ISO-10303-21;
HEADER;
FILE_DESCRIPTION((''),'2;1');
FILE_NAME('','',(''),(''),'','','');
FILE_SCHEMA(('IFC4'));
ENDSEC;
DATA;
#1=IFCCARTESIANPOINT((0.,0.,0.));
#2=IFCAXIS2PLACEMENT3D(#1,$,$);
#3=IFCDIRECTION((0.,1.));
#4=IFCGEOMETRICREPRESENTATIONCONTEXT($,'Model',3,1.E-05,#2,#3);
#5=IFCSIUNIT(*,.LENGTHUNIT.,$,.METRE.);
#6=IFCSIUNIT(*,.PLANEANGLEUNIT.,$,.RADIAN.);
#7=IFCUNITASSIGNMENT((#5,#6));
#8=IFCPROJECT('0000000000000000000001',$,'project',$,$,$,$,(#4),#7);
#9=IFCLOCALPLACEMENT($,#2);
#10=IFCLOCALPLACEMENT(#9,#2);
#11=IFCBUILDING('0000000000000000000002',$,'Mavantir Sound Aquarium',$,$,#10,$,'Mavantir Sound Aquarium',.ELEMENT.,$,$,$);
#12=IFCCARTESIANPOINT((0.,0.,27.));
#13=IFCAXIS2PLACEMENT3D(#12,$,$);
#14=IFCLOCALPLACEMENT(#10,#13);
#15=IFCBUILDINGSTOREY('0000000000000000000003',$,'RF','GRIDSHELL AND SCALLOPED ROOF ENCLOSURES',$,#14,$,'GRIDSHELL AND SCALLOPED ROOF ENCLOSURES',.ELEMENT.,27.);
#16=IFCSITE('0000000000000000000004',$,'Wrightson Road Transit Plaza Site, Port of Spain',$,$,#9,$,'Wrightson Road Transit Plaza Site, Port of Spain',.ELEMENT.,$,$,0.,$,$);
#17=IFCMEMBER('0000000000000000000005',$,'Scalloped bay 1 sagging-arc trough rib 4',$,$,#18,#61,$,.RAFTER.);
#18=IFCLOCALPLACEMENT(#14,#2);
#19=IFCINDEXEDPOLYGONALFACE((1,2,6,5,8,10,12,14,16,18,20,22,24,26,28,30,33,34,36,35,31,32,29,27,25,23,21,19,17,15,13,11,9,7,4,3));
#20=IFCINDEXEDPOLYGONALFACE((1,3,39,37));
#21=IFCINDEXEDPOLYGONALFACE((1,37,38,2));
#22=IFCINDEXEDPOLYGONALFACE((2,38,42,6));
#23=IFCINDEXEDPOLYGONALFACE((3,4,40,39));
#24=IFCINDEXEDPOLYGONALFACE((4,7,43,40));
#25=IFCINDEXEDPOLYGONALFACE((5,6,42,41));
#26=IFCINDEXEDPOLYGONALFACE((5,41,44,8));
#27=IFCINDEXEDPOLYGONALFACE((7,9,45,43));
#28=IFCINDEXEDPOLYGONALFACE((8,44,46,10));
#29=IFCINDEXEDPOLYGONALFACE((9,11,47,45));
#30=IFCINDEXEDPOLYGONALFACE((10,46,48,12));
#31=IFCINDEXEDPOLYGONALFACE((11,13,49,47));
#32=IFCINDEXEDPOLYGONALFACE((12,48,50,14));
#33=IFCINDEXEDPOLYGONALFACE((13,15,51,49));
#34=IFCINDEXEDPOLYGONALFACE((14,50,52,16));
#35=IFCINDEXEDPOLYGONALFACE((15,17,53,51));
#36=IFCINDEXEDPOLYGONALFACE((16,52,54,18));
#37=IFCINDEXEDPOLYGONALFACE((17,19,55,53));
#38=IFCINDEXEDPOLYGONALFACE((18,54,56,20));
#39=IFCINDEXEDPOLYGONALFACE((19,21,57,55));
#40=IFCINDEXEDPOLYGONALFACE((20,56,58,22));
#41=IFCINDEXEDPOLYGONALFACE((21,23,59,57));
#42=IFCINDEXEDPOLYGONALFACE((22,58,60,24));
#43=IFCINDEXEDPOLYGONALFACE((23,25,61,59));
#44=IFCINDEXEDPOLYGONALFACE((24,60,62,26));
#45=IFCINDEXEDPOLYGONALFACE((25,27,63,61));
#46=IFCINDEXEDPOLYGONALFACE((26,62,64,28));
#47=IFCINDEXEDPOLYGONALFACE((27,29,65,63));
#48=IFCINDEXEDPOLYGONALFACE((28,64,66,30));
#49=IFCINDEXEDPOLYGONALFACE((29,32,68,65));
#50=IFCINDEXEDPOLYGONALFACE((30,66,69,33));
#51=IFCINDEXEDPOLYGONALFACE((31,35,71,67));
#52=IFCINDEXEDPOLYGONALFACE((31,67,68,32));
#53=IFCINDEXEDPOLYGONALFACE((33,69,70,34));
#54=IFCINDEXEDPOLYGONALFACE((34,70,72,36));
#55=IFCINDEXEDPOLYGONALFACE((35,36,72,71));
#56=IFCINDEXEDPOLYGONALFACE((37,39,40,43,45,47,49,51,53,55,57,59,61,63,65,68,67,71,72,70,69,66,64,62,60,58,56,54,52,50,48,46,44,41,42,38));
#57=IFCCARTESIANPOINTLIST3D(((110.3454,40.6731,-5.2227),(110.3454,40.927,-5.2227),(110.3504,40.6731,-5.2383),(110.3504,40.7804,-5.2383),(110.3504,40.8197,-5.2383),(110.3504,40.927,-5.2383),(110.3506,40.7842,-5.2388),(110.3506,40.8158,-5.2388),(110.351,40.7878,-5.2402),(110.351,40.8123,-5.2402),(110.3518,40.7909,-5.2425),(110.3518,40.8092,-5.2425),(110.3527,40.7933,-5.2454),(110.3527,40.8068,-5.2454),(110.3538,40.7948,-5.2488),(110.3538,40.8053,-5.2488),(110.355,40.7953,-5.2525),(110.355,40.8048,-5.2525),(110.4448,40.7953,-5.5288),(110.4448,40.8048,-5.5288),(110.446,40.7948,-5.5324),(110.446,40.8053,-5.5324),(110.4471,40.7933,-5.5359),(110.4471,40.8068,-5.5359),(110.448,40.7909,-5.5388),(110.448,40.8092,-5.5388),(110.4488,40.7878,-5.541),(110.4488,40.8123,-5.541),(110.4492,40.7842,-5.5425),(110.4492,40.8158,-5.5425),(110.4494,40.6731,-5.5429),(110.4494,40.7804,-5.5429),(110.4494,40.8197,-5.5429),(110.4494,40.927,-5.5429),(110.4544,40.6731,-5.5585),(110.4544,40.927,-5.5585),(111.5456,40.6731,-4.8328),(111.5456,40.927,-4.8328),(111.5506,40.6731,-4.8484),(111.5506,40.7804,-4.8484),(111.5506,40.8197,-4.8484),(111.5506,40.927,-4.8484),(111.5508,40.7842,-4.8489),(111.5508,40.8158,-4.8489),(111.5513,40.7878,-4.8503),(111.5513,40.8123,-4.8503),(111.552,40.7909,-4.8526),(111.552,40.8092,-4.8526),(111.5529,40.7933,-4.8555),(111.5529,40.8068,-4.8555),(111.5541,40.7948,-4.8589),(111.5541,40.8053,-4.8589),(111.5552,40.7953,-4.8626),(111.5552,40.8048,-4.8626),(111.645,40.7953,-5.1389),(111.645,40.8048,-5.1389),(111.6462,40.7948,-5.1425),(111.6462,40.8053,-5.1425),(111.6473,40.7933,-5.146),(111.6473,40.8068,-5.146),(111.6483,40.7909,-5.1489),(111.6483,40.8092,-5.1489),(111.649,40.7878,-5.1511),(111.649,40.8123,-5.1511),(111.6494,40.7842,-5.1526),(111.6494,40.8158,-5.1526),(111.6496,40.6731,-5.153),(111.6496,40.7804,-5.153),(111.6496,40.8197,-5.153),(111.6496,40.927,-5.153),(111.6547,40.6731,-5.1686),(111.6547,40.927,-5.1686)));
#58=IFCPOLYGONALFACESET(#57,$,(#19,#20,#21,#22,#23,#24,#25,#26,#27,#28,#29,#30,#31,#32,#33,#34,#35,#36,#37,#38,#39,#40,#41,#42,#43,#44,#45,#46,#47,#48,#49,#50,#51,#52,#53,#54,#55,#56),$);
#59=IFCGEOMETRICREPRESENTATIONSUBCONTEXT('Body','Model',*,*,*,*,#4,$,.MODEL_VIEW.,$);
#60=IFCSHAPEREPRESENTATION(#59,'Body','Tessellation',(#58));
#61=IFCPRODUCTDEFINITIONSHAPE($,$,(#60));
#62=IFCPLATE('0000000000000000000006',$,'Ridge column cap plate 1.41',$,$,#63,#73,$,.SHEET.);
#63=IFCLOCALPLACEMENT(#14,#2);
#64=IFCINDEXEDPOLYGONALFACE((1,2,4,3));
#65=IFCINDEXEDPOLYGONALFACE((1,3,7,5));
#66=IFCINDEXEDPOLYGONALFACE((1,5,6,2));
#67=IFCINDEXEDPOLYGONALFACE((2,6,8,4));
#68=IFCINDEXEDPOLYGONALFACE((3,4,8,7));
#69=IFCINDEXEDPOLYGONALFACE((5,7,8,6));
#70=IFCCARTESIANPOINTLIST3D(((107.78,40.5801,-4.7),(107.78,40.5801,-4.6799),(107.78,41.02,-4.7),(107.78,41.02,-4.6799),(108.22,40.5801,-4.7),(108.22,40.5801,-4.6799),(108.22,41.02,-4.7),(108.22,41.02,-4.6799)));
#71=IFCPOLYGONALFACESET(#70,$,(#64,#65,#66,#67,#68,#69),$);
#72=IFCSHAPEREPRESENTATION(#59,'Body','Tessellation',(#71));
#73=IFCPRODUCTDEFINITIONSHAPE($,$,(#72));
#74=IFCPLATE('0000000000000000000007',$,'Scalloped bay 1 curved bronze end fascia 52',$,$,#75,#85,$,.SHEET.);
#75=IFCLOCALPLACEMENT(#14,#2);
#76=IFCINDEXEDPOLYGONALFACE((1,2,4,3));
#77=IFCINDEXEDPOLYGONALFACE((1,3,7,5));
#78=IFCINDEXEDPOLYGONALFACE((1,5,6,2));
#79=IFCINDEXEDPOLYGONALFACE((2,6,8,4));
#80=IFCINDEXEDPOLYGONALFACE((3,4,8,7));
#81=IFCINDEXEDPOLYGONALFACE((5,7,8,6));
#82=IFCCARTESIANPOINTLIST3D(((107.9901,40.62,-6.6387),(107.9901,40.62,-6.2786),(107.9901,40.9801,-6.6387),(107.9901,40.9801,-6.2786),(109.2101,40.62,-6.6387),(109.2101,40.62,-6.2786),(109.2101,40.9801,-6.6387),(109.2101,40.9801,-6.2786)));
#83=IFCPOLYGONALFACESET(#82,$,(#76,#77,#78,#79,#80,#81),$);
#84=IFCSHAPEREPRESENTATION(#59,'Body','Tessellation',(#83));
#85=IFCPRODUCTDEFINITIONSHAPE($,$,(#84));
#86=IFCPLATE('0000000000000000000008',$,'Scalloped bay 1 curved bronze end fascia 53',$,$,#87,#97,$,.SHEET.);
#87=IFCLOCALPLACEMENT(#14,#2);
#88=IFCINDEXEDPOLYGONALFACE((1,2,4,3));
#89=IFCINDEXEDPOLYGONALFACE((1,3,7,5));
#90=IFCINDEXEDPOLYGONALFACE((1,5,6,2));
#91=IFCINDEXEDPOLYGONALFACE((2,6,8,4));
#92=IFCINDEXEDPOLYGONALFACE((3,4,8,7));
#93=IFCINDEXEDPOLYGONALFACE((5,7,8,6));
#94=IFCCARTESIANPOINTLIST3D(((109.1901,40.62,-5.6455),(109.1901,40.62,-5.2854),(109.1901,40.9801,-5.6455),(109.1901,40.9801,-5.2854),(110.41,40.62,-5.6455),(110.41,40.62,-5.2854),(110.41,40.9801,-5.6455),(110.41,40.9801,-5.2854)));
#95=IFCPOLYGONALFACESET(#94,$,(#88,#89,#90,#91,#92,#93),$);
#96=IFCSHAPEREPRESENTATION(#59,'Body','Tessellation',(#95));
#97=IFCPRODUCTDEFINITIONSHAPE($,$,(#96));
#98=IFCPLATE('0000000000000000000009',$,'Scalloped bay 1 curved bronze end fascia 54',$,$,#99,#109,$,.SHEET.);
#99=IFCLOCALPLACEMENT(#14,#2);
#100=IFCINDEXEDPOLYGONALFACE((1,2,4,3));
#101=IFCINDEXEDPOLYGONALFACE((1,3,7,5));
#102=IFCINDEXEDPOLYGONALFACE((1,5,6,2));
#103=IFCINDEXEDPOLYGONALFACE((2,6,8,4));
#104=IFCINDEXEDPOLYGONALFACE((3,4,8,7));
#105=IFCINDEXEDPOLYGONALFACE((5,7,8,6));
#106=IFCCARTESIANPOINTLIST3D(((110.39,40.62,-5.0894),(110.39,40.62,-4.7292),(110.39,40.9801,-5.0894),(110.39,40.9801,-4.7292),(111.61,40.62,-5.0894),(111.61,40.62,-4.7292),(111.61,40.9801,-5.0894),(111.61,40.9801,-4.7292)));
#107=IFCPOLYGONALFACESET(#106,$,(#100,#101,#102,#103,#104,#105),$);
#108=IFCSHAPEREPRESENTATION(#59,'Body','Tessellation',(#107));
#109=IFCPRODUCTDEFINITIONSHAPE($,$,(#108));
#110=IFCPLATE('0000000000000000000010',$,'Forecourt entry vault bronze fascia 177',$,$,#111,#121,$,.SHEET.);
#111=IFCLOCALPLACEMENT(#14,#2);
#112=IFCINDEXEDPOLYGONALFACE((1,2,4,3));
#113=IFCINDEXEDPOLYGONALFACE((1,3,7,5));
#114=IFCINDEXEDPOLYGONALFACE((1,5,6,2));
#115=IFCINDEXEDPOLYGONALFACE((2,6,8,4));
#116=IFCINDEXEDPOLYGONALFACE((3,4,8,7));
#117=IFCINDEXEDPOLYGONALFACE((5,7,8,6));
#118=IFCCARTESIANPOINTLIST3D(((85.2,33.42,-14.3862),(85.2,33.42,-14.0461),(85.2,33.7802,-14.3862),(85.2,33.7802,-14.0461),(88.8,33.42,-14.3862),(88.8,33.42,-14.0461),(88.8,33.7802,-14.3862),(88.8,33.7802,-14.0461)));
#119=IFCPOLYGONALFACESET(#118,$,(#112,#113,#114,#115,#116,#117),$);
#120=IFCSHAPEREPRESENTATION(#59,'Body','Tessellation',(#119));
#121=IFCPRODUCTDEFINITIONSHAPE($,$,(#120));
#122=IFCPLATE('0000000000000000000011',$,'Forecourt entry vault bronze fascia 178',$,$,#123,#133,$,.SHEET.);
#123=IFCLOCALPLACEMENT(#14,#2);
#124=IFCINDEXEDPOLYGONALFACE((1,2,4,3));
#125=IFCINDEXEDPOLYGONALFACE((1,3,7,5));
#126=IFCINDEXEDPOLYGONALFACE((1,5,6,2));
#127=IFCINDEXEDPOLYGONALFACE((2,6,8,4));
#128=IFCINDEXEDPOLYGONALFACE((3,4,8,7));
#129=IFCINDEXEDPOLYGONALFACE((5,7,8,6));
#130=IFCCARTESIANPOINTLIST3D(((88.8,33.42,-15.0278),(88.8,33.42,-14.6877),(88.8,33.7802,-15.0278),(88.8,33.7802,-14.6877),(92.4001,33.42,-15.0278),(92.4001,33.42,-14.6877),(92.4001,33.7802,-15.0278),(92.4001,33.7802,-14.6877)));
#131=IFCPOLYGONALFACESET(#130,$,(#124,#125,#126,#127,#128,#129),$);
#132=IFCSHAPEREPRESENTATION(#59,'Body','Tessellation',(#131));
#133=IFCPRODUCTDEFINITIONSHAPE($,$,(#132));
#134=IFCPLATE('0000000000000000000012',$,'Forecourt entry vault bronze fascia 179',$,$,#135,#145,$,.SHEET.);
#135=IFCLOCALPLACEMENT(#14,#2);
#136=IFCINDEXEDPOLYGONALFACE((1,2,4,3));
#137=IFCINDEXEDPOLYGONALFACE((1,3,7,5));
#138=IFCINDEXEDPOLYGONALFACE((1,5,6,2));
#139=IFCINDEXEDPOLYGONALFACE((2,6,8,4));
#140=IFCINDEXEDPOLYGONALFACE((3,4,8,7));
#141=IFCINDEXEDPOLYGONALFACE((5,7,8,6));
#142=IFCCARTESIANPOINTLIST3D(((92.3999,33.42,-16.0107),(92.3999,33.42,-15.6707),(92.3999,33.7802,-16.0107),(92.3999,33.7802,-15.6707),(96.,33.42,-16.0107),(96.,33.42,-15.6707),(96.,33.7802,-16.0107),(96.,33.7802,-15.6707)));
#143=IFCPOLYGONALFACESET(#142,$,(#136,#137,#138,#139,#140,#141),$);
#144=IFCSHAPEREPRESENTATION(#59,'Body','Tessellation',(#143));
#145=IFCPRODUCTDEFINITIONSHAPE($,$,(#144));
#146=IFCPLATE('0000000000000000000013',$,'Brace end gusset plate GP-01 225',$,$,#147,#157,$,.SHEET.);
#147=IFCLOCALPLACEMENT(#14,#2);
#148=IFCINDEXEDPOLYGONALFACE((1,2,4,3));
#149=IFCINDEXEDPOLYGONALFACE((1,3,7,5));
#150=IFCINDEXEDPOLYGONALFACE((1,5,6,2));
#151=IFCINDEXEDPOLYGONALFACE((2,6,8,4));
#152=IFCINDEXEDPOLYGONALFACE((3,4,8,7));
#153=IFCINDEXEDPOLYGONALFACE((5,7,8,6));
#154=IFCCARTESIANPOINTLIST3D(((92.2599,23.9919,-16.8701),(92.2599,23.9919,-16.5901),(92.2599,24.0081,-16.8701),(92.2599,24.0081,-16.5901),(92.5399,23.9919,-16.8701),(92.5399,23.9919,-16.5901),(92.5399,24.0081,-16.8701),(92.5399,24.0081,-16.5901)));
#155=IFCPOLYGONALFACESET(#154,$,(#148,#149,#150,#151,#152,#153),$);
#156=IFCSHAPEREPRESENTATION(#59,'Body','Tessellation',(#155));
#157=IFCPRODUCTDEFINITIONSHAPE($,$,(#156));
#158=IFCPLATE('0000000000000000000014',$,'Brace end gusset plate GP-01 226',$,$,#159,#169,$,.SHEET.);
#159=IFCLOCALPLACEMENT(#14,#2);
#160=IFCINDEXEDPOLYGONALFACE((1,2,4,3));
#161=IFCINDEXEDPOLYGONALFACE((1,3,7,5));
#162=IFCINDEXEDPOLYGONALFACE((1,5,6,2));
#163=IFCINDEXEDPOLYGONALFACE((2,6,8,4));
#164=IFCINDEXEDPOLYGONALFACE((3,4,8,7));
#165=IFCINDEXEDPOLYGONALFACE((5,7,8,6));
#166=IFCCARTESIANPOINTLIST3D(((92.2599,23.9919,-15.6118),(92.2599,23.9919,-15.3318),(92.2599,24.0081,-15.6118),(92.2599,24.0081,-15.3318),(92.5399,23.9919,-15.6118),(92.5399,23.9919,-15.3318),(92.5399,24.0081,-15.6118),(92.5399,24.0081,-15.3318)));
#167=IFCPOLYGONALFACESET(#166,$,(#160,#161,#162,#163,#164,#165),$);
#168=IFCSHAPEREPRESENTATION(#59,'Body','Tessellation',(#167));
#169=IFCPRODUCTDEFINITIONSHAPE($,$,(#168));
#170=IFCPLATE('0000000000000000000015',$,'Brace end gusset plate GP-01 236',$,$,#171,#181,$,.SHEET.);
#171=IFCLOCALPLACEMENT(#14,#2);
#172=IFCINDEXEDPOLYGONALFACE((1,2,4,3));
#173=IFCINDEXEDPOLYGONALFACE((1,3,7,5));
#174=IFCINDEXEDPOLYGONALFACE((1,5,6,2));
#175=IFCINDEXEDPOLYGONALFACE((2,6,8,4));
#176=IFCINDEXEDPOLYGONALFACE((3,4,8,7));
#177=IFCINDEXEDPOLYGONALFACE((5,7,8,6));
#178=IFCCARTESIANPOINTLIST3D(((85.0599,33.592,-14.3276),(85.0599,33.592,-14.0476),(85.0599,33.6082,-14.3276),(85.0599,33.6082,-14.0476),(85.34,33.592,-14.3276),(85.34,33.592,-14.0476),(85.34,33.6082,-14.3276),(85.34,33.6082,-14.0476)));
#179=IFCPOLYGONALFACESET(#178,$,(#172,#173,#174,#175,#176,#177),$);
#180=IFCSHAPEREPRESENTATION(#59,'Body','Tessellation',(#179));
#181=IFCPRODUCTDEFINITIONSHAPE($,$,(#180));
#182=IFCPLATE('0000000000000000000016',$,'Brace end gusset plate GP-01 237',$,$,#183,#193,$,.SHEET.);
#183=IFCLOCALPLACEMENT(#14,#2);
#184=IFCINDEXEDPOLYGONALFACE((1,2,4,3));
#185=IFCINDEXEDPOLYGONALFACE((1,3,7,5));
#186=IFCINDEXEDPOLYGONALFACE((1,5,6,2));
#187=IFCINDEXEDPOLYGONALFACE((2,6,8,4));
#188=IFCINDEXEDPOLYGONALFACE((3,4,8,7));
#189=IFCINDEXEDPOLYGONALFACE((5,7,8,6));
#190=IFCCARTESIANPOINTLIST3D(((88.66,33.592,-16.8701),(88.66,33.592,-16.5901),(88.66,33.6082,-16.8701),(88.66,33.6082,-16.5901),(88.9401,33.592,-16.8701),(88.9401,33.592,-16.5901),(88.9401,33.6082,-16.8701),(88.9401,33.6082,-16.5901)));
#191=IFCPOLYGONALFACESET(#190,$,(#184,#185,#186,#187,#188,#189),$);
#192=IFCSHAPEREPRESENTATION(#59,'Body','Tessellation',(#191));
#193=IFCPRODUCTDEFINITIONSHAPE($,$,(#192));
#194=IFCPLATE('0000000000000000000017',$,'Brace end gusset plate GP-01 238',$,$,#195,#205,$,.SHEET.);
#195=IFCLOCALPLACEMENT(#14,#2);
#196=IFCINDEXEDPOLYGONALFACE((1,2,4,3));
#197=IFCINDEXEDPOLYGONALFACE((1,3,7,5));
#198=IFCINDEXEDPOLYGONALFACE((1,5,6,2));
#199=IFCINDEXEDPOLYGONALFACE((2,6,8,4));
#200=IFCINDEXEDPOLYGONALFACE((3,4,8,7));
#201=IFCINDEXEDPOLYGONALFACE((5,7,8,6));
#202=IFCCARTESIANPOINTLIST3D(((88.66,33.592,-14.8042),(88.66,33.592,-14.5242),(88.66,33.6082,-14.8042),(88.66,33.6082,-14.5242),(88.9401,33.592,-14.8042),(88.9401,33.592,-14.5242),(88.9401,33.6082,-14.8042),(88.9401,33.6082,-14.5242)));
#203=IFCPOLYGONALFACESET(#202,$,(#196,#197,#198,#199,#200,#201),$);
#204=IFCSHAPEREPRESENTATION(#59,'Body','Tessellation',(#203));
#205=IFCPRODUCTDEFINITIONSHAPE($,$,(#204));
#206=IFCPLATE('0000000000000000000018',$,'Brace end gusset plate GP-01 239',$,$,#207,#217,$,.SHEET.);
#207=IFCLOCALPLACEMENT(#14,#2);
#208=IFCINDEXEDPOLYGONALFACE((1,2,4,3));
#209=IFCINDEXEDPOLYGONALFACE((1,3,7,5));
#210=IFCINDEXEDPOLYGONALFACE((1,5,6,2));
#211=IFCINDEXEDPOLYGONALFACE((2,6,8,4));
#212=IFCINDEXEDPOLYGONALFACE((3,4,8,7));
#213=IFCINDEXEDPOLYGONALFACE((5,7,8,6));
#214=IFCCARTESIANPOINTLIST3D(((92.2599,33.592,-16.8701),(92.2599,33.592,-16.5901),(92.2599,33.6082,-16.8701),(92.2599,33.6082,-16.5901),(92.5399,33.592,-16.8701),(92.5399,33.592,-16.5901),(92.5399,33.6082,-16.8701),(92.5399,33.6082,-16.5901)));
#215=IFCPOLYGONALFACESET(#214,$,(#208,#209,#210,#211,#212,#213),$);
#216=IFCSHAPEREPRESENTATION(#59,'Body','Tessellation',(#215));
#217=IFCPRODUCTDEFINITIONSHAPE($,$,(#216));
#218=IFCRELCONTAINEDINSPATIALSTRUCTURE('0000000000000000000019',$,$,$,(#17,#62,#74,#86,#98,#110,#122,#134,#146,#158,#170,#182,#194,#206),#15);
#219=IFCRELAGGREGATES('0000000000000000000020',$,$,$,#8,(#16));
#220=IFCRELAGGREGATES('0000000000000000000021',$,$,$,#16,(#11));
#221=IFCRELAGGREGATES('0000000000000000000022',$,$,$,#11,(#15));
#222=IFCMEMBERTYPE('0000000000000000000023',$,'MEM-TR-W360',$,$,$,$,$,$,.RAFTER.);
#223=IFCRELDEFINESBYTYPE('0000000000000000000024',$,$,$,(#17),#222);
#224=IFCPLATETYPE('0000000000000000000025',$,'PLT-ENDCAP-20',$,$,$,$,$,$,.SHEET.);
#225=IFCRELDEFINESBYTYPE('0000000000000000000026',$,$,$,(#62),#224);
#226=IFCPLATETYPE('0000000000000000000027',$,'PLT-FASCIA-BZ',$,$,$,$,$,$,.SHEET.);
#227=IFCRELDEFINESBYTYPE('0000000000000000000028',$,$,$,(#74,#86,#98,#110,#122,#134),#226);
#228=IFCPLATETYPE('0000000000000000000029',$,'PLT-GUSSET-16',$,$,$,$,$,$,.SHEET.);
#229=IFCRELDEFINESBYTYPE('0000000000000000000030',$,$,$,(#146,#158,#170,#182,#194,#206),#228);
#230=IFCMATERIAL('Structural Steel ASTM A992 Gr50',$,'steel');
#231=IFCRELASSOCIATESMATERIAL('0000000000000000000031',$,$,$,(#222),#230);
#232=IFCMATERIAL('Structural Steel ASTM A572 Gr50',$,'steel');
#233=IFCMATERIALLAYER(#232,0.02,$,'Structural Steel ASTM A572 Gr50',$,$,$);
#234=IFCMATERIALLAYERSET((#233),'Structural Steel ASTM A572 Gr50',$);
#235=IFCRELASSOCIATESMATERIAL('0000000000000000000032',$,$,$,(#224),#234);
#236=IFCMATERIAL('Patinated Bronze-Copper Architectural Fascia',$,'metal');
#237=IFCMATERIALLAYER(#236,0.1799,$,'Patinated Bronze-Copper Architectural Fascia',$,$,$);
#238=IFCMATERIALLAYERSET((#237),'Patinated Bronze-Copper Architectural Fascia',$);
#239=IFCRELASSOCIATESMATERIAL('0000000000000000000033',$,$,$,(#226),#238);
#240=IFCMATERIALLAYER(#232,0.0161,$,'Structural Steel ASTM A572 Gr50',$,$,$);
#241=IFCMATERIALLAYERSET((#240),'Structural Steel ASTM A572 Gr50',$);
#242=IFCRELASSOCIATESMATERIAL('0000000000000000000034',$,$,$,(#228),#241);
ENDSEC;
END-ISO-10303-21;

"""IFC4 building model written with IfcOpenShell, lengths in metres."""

from ifc_helpers import new_model, si_unit, direction, frame, origin, origin_2d, place, context, subcontext, project, spatial, rectangle, i_section, extrude, material, layer, layer_set, material_profile, profile_set, type_object, element, save


model = new_model("IFC4")

# Units and contexts
model_context = context("Model", 3, precision=1e-05, world=origin(), true_north=direction((0.0, 1.0)))
body_context = subcontext(model_context, "Body", "Model", "MODEL_VIEW")
ifc_project = project(units=[si_unit("LENGTHUNIT", "METRE"), si_unit("PLANEANGLEUNIT", "RADIAN")], contexts=[model_context])

# Site, building, storey
site_placement = place(None, origin())
site = spatial("IfcSite", under=ifc_project, at=site_placement, Name="Wrightson Road Transit Plaza Site, Port of Spain", LongName="Wrightson Road Transit Plaza Site, Port of Spain", CompositionType="ELEMENT", RefElevation=0.0)
building_placement = place(site_placement, origin())
building = spatial("IfcBuilding", under=site, at=building_placement, Name="Mavantir Sound Aquarium", LongName="Mavantir Sound Aquarium", CompositionType="ELEMENT")
storey_placement = place(building_placement, frame((0.0, 0.0, 27.0)))
storey = spatial("IfcBuildingStorey", under=building, at=storey_placement, Name="RF", Description="GRIDSHELL AND SCALLOPED ROOF ENCLOSURES", LongName="GRIDSHELL AND SCALLOPED ROOF ENCLOSURES", CompositionType="ELEMENT", Elevation=27.0)

# Shared definitions
ifc_material_1 = material(Name="Structural Steel ASTM A992 Gr50", Category="steel")

# Member
ifc_material_profile_1 = material_profile(ifc_material_1, i_section(OverallWidth=0.2539, OverallDepth=0.353, WebThickness=0.0095, FlangeThickness=0.0164, FilletRadius=0.0149, at=origin_2d()), Name="W360X91")
ifc_profile_set_1 = profile_set([ifc_material_profile_1], Name="Structural Steel ASTM A992 Gr50")
member_type_1 = type_object("IfcMemberType", Name="MEM-TR-W360", PredefinedType="RAFTER", material=ifc_profile_set_1)
member_1_placement = place(storey_placement, frame((110.3999, 40.8, -5.3906), z_axis=(0.951074, 0.0, 0.308964), x_axis=(0.0, 1.0, 0.0)))
element("IfcMember", 1, at=member_1_placement, inside=storey, type_object=member_type_1, Name="Scalloped bay 1 sagging-arc trough rib 4", PredefinedType="RAFTER", context=body_context, shape_type="SweptSolid", body=[
    extrude(i_section(OverallWidth=0.2539, OverallDepth=0.353, WebThickness=0.0095, FlangeThickness=0.0164, FilletRadius=0.0149, at=origin_2d()), origin(), (0.0, 0.0, 1.0), 1.262),
])

# Plates
ifc_material_2 = material(Name="Structural Steel ASTM A572 Gr50", Category="steel")
ifc_layer_1 = layer(ifc_material_2, 0.02, Name="Structural Steel ASTM A572 Gr50")
ifc_layer_set_1 = layer_set([ifc_layer_1], Name="Structural Steel ASTM A572 Gr50")
plate_type_1 = type_object("IfcPlateType", Name="PLT-ENDCAP-20", PredefinedType="SHEET", material=ifc_layer_set_1)
plate_placement = place(storey_placement, frame((108.0, 40.8, -4.7), z_axis=(0.0, 0.0, 1.0), x_axis=(1.0, 0.0, 0.0)))
element("IfcPlate", 2, at=plate_placement, inside=storey, type_object=plate_type_1, Name="Ridge column cap plate 1.41", PredefinedType="SHEET", context=body_context, shape_type="SweptSolid", body=[
    extrude(rectangle(XDim=0.4399, YDim=0.4399, at=origin_2d()), origin(), (0.0, 0.0, 1.0), 0.02),
])
ifc_material_3 = material(Name="Patinated Bronze-Copper Architectural Fascia", Category="metal")
ifc_layer_2 = layer(ifc_material_3, 0.1799, Name="Patinated Bronze-Copper Architectural Fascia")
ifc_layer_set_2 = layer_set([ifc_layer_2], Name="Patinated Bronze-Copper Architectural Fascia")
plate_type_2 = type_object("IfcPlateType", Name="PLT-FASCIA-BZ", PredefinedType="SHEET", material=ifc_layer_set_2)
for number, where, z_axis, x_axis, name in (
    (3, (108.6001, 40.8, -6.6387), (0.0, 0.0, 1.0), (1.0, 0.0, 0.0), "Scalloped bay 1 curved bronze end fascia 52"),
    (4, (109.8, 40.8, -5.6455), (0.0, 0.0, 1.0), (1.0, 0.0, 0.0), "Scalloped bay 1 curved bronze end fascia 53"),
    (5, (111.0, 40.8, -5.0894), (0.0, 0.0, 1.0), (1.0, 0.0, 0.0), "Scalloped bay 1 curved bronze end fascia 54"),
):
    element("IfcPlate", number, at=place(storey_placement, frame(where, z_axis=z_axis, x_axis=x_axis)), inside=storey, type_object=plate_type_2, Name=name, PredefinedType="SHEET", context=body_context, shape_type="SweptSolid", body=[
        extrude(rectangle(XDim=1.22, YDim=0.3601, at=origin_2d()), origin(), (0.0, 0.0, 1.0), 0.3601),
    ])
for number, where, z_axis, x_axis, name in (
    (6, (87.0, 33.6001, -14.3862), (0.0, 0.0, 1.0), (1.0, 0.0, 0.0), "Forecourt entry vault bronze fascia 177"),
    (7, (90.6001, 33.6001, -15.0278), (0.0, 0.0, 1.0), (1.0, 0.0, 0.0), "Forecourt entry vault bronze fascia 178"),
    (8, (94.2, 33.6001, -16.0107), (0.0, 0.0, 1.0), (1.0, 0.0, 0.0), "Forecourt entry vault bronze fascia 179"),
):
    element("IfcPlate", number, at=place(storey_placement, frame(where, z_axis=z_axis, x_axis=x_axis)), inside=storey, type_object=plate_type_2, Name=name, PredefinedType="SHEET", context=body_context, shape_type="SweptSolid", body=[
        extrude(rectangle(XDim=3.6001, YDim=0.3601, at=origin_2d()), origin(), (0.0, 0.0, 1.0), 0.3401),
    ])
ifc_layer_3 = layer(ifc_material_2, 0.0161, Name="Structural Steel ASTM A572 Gr50")
ifc_layer_set_3 = layer_set([ifc_layer_3], Name="Structural Steel ASTM A572 Gr50")
plate_type_3 = type_object("IfcPlateType", Name="PLT-GUSSET-16", PredefinedType="SHEET", material=ifc_layer_set_3)
for number, where, z_axis, x_axis, name in (
    (9, (92.3999, 24.0, -16.8701), (0.0, 0.0, 1.0), (1.0, 0.0, 0.0), "Brace end gusset plate GP-01 225"),
    (10, (92.3999, 24.0, -15.6118), (0.0, 0.0, 1.0), (1.0, 0.0, 0.0), "Brace end gusset plate GP-01 226"),
    (11, (85.2, 33.6001, -14.3276), (0.0, 0.0, 1.0), (1.0, 0.0, 0.0), "Brace end gusset plate GP-01 236"),
    (12, (88.8, 33.6001, -16.8701), (0.0, 0.0, 1.0), (1.0, 0.0, 0.0), "Brace end gusset plate GP-01 237"),
    (13, (88.8, 33.6001, -14.8042), (0.0, 0.0, 1.0), (1.0, 0.0, 0.0), "Brace end gusset plate GP-01 238"),
    (14, (92.3999, 33.6001, -16.8701), (0.0, 0.0, 1.0), (1.0, 0.0, 0.0), "Brace end gusset plate GP-01 239"),
):
    element("IfcPlate", number, at=place(storey_placement, frame(where, z_axis=z_axis, x_axis=x_axis)), inside=storey, type_object=plate_type_3, Name=name, PredefinedType="SHEET", context=body_context, shape_type="SweptSolid", body=[
        extrude(rectangle(XDim=0.28, YDim=0.0161, at=origin_2d()), origin(), (0.0, 0.0, 1.0), 0.28),
    ])

save(model, "model.ifc")
